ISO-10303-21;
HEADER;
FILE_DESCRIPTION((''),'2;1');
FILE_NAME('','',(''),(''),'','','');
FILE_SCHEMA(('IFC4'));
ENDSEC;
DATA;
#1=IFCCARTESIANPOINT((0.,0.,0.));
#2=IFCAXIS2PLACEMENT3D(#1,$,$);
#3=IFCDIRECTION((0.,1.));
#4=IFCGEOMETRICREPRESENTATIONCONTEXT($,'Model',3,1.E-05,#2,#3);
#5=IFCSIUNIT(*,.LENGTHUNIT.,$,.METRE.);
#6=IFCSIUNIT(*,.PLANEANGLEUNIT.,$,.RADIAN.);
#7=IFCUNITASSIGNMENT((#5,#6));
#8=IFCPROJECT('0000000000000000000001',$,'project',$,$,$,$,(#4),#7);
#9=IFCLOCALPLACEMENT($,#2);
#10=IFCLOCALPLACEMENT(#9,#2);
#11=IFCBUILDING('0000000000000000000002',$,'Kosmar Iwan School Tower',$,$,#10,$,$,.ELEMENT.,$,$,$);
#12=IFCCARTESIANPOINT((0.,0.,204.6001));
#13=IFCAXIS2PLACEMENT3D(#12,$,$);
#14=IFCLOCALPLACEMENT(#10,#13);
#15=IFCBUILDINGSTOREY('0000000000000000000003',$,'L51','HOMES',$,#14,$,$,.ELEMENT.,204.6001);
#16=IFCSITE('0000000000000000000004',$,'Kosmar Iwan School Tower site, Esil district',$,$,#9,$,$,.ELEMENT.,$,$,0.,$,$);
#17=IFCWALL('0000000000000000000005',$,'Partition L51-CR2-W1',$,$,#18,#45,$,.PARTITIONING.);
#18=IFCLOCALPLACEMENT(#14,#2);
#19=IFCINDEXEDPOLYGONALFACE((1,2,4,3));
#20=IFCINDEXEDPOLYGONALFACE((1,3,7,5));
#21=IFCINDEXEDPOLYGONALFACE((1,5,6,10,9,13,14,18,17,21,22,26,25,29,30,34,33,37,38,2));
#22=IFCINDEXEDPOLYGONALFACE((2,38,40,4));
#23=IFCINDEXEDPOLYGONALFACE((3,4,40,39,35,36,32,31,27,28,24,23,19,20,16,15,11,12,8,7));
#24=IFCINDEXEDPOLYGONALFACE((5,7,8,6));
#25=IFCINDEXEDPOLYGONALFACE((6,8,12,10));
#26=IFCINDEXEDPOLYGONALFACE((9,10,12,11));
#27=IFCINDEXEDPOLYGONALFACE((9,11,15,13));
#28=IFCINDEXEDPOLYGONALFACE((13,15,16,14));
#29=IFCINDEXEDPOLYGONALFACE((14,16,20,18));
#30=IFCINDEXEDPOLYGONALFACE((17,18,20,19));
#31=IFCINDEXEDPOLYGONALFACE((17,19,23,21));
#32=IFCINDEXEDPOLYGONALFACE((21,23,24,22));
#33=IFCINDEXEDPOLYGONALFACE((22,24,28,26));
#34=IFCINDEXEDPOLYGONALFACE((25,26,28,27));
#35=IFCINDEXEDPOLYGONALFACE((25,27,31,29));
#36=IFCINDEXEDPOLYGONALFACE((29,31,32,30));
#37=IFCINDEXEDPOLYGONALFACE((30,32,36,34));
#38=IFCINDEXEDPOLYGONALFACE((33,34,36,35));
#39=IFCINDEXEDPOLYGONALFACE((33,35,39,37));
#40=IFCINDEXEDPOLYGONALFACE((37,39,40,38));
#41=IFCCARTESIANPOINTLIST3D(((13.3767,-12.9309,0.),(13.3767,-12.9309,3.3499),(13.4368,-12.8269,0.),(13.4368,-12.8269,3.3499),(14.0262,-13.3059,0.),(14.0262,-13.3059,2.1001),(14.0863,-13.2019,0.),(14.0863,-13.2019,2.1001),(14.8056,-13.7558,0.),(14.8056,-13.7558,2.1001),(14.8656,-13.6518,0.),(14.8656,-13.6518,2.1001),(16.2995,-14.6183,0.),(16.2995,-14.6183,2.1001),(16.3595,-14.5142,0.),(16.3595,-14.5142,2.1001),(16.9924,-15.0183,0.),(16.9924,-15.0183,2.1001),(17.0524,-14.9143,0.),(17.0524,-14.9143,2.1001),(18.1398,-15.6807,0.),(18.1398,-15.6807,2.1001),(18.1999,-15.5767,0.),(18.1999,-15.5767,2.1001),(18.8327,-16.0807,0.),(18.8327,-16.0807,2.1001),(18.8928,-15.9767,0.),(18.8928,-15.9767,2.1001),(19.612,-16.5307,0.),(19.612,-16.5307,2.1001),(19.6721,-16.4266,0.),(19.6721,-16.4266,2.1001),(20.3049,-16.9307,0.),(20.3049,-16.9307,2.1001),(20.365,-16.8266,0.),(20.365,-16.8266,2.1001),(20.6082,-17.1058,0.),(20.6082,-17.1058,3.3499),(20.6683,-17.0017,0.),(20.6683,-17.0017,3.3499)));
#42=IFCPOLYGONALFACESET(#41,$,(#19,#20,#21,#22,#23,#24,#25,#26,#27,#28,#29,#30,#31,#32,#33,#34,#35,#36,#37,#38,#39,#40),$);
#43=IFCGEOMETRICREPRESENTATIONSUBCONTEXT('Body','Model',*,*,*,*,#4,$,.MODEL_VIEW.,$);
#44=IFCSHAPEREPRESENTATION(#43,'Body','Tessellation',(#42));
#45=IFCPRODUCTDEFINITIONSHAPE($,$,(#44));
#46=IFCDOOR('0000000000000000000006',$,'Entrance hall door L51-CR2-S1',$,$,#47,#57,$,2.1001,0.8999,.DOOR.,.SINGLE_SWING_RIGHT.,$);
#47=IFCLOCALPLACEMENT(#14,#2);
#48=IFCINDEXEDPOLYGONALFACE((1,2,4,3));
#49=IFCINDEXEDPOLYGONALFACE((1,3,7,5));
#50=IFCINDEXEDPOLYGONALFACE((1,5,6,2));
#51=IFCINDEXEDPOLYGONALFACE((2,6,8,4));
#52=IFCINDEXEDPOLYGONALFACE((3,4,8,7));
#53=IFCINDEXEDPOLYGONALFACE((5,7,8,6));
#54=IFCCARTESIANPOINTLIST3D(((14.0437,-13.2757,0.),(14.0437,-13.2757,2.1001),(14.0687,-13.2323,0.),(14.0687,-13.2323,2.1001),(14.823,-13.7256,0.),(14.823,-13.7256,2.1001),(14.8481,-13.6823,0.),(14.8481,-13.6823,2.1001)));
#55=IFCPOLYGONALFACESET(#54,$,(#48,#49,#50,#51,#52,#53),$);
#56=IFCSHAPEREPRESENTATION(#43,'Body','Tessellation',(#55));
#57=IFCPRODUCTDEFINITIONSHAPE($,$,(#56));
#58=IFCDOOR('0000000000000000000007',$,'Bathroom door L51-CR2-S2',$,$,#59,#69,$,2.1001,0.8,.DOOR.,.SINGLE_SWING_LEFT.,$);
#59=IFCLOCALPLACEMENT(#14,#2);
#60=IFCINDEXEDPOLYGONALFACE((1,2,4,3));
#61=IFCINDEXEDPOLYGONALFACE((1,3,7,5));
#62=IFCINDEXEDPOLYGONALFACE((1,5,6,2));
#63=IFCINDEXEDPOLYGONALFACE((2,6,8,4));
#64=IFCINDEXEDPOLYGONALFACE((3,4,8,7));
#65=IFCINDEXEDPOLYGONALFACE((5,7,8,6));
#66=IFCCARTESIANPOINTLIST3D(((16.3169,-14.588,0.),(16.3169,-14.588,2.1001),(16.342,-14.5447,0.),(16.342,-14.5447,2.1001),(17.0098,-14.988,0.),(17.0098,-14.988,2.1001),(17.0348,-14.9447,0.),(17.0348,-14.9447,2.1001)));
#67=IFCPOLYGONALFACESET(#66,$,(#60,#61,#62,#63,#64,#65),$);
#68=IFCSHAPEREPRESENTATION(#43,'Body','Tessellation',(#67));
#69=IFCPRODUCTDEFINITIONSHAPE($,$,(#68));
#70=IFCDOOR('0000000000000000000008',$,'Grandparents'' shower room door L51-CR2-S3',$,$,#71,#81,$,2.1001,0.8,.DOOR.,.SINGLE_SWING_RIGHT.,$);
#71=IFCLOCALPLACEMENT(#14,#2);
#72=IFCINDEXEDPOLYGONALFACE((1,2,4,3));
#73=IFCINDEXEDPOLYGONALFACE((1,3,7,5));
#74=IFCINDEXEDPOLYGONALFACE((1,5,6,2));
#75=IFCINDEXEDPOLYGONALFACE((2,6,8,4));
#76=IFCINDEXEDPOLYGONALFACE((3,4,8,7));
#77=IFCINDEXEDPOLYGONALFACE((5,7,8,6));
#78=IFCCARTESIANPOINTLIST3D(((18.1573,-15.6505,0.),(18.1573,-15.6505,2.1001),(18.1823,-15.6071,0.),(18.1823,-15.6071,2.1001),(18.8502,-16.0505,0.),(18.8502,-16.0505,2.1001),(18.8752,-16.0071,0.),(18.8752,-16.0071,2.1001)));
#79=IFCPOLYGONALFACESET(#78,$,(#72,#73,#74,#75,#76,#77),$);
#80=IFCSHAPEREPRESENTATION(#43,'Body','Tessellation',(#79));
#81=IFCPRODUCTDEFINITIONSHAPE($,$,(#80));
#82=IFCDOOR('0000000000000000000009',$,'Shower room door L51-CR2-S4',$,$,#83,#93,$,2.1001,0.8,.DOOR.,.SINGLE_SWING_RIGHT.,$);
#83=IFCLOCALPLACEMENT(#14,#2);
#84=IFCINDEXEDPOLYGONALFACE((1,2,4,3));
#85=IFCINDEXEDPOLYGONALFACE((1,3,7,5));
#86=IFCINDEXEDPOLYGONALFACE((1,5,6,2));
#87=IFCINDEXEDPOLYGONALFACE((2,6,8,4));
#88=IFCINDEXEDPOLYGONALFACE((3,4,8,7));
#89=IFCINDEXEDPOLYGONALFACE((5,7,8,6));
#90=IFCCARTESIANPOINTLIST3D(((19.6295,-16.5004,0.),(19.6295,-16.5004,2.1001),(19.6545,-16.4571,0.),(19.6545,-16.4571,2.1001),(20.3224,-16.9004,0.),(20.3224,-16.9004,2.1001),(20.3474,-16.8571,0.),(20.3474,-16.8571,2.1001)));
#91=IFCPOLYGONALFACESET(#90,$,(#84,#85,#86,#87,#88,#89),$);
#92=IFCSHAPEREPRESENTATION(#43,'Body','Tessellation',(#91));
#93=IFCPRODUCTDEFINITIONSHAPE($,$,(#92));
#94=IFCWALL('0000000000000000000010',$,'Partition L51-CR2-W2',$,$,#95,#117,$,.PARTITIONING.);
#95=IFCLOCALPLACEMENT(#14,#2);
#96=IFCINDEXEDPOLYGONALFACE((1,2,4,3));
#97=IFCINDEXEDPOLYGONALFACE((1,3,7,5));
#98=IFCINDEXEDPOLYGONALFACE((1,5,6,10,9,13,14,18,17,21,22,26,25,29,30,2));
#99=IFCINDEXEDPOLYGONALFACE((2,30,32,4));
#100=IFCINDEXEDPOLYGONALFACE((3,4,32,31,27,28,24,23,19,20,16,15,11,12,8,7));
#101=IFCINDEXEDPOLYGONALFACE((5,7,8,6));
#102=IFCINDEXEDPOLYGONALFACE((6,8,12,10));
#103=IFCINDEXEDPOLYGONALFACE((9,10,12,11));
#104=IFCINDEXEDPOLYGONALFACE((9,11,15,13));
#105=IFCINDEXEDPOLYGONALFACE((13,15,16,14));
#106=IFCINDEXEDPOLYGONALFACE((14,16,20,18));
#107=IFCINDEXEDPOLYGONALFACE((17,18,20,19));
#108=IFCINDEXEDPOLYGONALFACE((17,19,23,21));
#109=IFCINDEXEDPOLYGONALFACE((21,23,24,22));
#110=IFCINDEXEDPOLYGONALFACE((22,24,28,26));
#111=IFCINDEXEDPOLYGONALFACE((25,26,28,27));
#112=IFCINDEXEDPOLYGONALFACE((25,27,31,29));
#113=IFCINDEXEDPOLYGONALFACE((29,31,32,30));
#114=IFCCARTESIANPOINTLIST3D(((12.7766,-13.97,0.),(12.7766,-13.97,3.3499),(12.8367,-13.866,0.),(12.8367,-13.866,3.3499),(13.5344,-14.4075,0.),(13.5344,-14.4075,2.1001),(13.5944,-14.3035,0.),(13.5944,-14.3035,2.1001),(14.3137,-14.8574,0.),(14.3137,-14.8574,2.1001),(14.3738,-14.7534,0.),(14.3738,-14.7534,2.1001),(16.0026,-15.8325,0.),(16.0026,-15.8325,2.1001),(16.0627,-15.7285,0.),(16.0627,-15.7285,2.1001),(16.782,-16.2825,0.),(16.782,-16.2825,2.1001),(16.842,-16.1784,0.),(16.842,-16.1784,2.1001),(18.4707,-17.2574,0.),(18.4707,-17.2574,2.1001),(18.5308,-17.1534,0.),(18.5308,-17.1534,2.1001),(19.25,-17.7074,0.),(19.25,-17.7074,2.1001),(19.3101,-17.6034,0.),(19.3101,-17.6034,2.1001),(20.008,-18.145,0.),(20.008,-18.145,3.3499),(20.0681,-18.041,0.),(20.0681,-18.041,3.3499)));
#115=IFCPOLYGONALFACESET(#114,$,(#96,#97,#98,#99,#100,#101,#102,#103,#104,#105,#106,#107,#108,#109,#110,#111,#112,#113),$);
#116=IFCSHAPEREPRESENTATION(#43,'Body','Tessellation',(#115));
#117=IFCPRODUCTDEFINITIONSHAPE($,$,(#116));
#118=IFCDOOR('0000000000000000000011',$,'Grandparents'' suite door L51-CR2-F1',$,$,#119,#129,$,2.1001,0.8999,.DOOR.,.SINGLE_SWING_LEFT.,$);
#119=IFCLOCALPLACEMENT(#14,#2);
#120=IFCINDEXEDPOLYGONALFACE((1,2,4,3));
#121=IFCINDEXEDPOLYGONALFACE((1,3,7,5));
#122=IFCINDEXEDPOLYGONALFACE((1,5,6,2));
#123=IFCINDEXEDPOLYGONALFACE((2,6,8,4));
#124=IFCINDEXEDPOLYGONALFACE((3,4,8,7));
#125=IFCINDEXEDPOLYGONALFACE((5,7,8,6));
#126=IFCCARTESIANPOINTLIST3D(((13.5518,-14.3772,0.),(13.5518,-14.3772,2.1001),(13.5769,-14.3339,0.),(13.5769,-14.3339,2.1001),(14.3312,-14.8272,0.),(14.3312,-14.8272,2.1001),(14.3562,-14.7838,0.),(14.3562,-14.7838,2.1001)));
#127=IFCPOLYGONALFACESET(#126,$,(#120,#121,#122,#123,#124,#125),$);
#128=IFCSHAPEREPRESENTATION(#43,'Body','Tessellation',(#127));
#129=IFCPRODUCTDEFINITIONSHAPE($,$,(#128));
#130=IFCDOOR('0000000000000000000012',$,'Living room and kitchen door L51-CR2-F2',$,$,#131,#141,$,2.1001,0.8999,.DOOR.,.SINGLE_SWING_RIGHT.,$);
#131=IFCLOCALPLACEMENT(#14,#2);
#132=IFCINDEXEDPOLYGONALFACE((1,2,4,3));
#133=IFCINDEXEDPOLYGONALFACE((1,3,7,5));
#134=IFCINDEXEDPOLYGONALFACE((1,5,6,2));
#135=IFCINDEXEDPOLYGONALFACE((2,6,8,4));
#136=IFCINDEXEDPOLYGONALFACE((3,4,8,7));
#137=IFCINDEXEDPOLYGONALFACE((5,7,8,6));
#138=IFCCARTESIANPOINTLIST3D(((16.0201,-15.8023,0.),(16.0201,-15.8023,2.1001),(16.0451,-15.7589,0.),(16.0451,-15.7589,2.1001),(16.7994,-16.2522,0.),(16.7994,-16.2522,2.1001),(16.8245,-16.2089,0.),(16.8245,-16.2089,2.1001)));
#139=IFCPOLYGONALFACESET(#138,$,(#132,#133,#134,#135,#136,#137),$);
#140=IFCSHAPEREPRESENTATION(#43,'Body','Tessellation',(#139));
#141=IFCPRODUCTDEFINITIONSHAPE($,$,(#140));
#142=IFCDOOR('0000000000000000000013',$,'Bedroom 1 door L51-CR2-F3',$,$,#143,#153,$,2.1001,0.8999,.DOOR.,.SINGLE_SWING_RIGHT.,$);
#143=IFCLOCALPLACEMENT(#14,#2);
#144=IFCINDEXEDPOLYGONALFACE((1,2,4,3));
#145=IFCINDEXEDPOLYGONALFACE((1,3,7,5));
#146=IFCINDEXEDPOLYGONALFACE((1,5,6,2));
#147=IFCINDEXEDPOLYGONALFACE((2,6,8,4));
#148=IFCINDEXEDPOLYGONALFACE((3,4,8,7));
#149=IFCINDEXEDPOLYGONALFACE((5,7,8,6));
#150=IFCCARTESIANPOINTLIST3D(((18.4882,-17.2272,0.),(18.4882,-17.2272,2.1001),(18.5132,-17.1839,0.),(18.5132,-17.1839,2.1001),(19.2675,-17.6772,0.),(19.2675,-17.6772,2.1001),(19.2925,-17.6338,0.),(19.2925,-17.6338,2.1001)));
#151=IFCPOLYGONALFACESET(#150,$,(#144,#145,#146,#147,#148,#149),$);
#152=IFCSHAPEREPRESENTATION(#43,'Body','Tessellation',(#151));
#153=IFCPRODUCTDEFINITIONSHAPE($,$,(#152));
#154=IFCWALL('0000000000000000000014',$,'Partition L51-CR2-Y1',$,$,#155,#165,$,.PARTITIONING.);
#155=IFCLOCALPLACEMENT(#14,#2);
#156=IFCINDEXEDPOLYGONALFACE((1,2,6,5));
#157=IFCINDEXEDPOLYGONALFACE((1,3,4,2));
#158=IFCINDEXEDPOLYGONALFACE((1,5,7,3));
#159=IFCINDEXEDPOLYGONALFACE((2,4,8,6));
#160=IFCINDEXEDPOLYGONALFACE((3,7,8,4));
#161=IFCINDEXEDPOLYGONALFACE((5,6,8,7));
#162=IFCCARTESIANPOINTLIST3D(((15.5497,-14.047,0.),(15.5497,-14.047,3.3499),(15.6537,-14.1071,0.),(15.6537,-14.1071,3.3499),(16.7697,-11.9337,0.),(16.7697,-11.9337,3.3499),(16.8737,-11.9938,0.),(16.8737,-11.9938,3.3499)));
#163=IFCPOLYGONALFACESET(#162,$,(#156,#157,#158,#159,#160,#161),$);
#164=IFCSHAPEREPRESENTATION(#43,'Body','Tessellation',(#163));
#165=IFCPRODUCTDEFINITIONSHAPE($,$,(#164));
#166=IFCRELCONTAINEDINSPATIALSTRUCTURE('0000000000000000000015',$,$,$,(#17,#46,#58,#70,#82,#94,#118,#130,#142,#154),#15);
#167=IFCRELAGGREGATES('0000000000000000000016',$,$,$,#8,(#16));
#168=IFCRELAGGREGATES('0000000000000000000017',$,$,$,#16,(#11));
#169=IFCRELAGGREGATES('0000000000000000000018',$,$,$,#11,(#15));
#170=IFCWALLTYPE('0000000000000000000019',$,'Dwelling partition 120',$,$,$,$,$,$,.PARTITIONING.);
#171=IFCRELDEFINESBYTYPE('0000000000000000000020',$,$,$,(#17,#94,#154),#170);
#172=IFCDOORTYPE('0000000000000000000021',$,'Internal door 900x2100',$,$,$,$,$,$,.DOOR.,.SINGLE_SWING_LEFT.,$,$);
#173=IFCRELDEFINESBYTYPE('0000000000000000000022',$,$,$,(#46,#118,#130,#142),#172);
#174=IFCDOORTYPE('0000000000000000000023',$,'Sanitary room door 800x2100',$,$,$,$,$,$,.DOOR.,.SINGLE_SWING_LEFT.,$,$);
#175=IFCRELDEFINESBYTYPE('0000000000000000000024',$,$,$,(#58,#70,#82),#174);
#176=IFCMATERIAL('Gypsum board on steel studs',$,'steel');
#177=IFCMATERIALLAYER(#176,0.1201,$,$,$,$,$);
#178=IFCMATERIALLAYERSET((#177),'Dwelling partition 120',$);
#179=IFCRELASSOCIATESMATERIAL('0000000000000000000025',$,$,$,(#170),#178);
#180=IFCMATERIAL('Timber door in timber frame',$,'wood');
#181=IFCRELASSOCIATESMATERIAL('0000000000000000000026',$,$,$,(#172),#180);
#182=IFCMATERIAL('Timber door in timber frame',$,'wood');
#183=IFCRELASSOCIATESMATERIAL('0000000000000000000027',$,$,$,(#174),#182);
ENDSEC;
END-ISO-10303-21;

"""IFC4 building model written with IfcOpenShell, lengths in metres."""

from ifc_helpers import new_model, si_unit, direction, frame, frame_2d, origin, place, context, subcontext, project, spatial, rectangle, extrude, material, layer, layer_set, type_object, element, fill, save


model = new_model("IFC4")

# Units and contexts
model_context = context("Model", 3, precision=1e-05, world=origin(), true_north=direction((0.0, 1.0)))
body_context = subcontext(model_context, "Body", "Model", "MODEL_VIEW")
ifc_project = project(units=[si_unit("LENGTHUNIT", "METRE"), si_unit("PLANEANGLEUNIT", "RADIAN")], contexts=[model_context])

# Site, building, storey
site_placement = place(None, origin())
site = spatial("IfcSite", under=ifc_project, at=site_placement, Name="Kosmar Iwan School Tower site, Esil district", CompositionType="ELEMENT", RefElevation=0.0)
building_placement = place(site_placement, origin())
building = spatial("IfcBuilding", under=site, at=building_placement, Name="Kosmar Iwan School Tower", CompositionType="ELEMENT")
storey_placement = place(building_placement, frame((0.0, 0.0, 204.6001)))
storey = spatial("IfcBuildingStorey", under=building, at=storey_placement, Name="L51", Description="HOMES", CompositionType="ELEMENT", Elevation=204.6001)

# Shared definitions
ifc_material_1 = material(Name="Gypsum board on steel studs", Category="steel")
ifc_layer_1 = layer(ifc_material_1, 0.1201)
ifc_layer_set_1 = layer_set([ifc_layer_1], Name="Dwelling partition 120")
wall_type_1 = type_object("IfcWallType", Name="Dwelling partition 120", PredefinedType="PARTITIONING", material=ifc_layer_set_1)
ifc_material_2 = material(Name="Timber door in timber frame", Category="wood")
door_type_1 = type_object("IfcDoorType", Name="Internal door 900x2100", OperationType="SINGLE_SWING_LEFT", PredefinedType="DOOR", material=ifc_material_2)
ifc_material_3 = material(Name="Timber door in timber frame", Category="wood")
door_type_2 = type_object("IfcDoorType", Name="Sanitary room door 800x2100", OperationType="SINGLE_SWING_LEFT", PredefinedType="DOOR", material=ifc_material_3)

# Walls, openings, doors
wall_1_placement = place(storey_placement, frame((13.4067, -12.8789, 0.0), z_axis=(0.0, 0.0, 1.0), x_axis=(0.86604, -0.499976, 0.0)))
wall_1 = element("IfcWall", 1, at=wall_1_placement, inside=storey, type_object=wall_type_1, Name="Partition L51-CR2-W1", PredefinedType="PARTITIONING", context=body_context, shape_type="SweptSolid", body=[
    extrude(rectangle(XDim=8.3501, YDim=0.1201, at=frame_2d((4.175, 0.0))), origin(), (0.0, 0.0, 1.0), 3.3499),
])
opening_1_placement = place(wall_1_placement, frame((0.75, 0.0, 0.0)))
opening_1 = element("IfcOpeningElement", 2, at=opening_1_placement, cuts=wall_1, PredefinedType="OPENING", context=body_context, shape_type="SweptSolid", body=[
    extrude(rectangle(XDim=0.8999, YDim=2.1001, at=frame_2d((0.45, 1.05))), frame((0.0, 0.072, 0.0), z_axis=(0.0, -1.0, 0.0), x_axis=(1.0, 0.0, 0.0)), (0.0, 0.0, 1.0), 0.144),
])
opening_2_placement = place(wall_1_placement, frame((3.375, 0.0, 0.0)))
opening_2 = element("IfcOpeningElement", 3, at=opening_2_placement, cuts=wall_1, PredefinedType="OPENING", context=body_context, shape_type="SweptSolid", body=[
    extrude(rectangle(XDim=0.8, YDim=2.1001, at=frame_2d((0.3999, 1.05))), frame((0.0, 0.072, 0.0), z_axis=(0.0, -1.0, 0.0), x_axis=(1.0, 0.0, 0.0)), (0.0, 0.0, 1.0), 0.144),
])
opening_3_placement = place(wall_1_placement, frame((5.5, 0.0, 0.0)))
opening_3 = element("IfcOpeningElement", 4, at=opening_3_placement, cuts=wall_1, PredefinedType="OPENING", context=body_context, shape_type="SweptSolid", body=[
    extrude(rectangle(XDim=0.8, YDim=2.1001, at=frame_2d((0.3999, 1.05))), frame((0.0, 0.072, 0.0), z_axis=(0.0, -1.0, 0.0), x_axis=(1.0, 0.0, 0.0)), (0.0, 0.0, 1.0), 0.144),
])
opening_4_placement = place(wall_1_placement, frame((7.2, 0.0, 0.0)))
opening_4 = element("IfcOpeningElement", 5, at=opening_4_placement, cuts=wall_1, PredefinedType="OPENING", context=body_context, shape_type="SweptSolid", body=[
    extrude(rectangle(XDim=0.8, YDim=2.1001, at=frame_2d((0.3999, 1.05))), frame((0.0, 0.072, 0.0), z_axis=(0.0, -1.0, 0.0), x_axis=(1.0, 0.0, 0.0)), (0.0, 0.0, 1.0), 0.144),
])
door_1_placement = place(opening_1_placement, origin())
door_1 = element("IfcDoor", 6, at=door_1_placement, inside=storey, type_object=door_type_1, Name="Entrance hall door L51-CR2-S1", OperationType="SINGLE_SWING_RIGHT", OverallHeight=2.1001, OverallWidth=0.8999, PredefinedType="DOOR", context=body_context, shape_type="SweptSolid", body=[
    extrude(rectangle(XDim=0.8999, YDim=2.1001, at=frame_2d((0.45, 1.05))), frame((0.0, 0.0249, 0.0), z_axis=(0.0, -1.0, 0.0), x_axis=(1.0, 0.0, 0.0)), (0.0, 0.0, 1.0), 0.05),
])
fill(opening_1, door_1)
door_2_placement = place(opening_2_placement, origin())
door_2 = element("IfcDoor", 7, at=door_2_placement, inside=storey, type_object=door_type_2, Name="Bathroom door L51-CR2-S2", OperationType="SINGLE_SWING_LEFT", OverallHeight=2.1001, OverallWidth=0.8, PredefinedType="DOOR", context=body_context, shape_type="SweptSolid", body=[
    extrude(rectangle(XDim=0.8, YDim=2.1001, at=frame_2d((0.3999, 1.05))), frame((0.0, 0.0249, 0.0), z_axis=(0.0, -1.0, 0.0), x_axis=(1.0, 0.0, 0.0)), (0.0, 0.0, 1.0), 0.05),
])
fill(opening_2, door_2)
door_3_placement = place(opening_3_placement, origin())
door_3 = element("IfcDoor", 8, at=door_3_placement, inside=storey, type_object=door_type_2, Name="Grandparents' shower room door L51-CR2-S3", OperationType="SINGLE_SWING_RIGHT", OverallHeight=2.1001, OverallWidth=0.8, PredefinedType="DOOR", context=body_context, shape_type="SweptSolid", body=[
    extrude(rectangle(XDim=0.8, YDim=2.1001, at=frame_2d((0.3999, 1.05))), frame((0.0, 0.0249, 0.0), z_axis=(0.0, -1.0, 0.0), x_axis=(1.0, 0.0, 0.0)), (0.0, 0.0, 1.0), 0.05),
])
fill(opening_3, door_3)
door_4_placement = place(opening_4_placement, origin())
door_4 = element("IfcDoor", 9, at=door_4_placement, inside=storey, type_object=door_type_2, Name="Shower room door L51-CR2-S4", OperationType="SINGLE_SWING_RIGHT", OverallHeight=2.1001, OverallWidth=0.8, PredefinedType="DOOR", context=body_context, shape_type="SweptSolid", body=[
    extrude(rectangle(XDim=0.8, YDim=2.1001, at=frame_2d((0.3999, 1.05))), frame((0.0, 0.0249, 0.0), z_axis=(0.0, -1.0, 0.0), x_axis=(1.0, 0.0, 0.0)), (0.0, 0.0, 1.0), 0.05),
])
fill(opening_4, door_4)
wall_2_placement = place(storey_placement, frame((12.8066, -13.918, 0.0), z_axis=(0.0, 0.0, 1.0), x_axis=(0.866027, -0.499997, 0.0)))
wall_2 = element("IfcWall", 10, at=wall_2_placement, inside=storey, type_object=wall_type_1, Name="Partition L51-CR2-W2", PredefinedType="PARTITIONING", context=body_context, shape_type="SweptSolid", body=[
    extrude(rectangle(XDim=8.3501, YDim=0.1201, at=frame_2d((4.175, 0.0))), origin(), (0.0, 0.0, 1.0), 3.3499),
])
opening_5_placement = place(wall_2_placement, frame((0.875, 0.0, 0.0)))
opening_5 = element("IfcOpeningElement", 11, at=opening_5_placement, cuts=wall_2, PredefinedType="OPENING", context=body_context, shape_type="SweptSolid", body=[
    extrude(rectangle(XDim=0.8999, YDim=2.1001, at=frame_2d((0.45, 1.05))), frame((0.0, 0.072, 0.0), z_axis=(0.0, -1.0, 0.0), x_axis=(1.0, 0.0, 0.0)), (0.0, 0.0, 1.0), 0.144),
])
opening_6_placement = place(wall_2_placement, frame((3.7251, 0.0, 0.0)))
opening_6 = element("IfcOpeningElement", 12, at=opening_6_placement, cuts=wall_2, PredefinedType="OPENING", context=body_context, shape_type="SweptSolid", body=[
    extrude(rectangle(XDim=0.8999, YDim=2.1001, at=frame_2d((0.45, 1.05))), frame((0.0, 0.072, 0.0), z_axis=(0.0, -1.0, 0.0), x_axis=(1.0, 0.0, 0.0)), (0.0, 0.0, 1.0), 0.144),
])
opening_7_placement = place(wall_2_placement, frame((6.575, 0.0, 0.0)))
opening_7 = element("IfcOpeningElement", 13, at=opening_7_placement, cuts=wall_2, PredefinedType="OPENING", context=body_context, shape_type="SweptSolid", body=[
    extrude(rectangle(XDim=0.8999, YDim=2.1001, at=frame_2d((0.45, 1.05))), frame((0.0, 0.072, 0.0), z_axis=(0.0, -1.0, 0.0), x_axis=(1.0, 0.0, 0.0)), (0.0, 0.0, 1.0), 0.144),
])
door_5_placement = place(opening_5_placement, origin())
door_5 = element("IfcDoor", 14, at=door_5_placement, inside=storey, type_object=door_type_1, Name="Grandparents' suite door L51-CR2-F1", OperationType="SINGLE_SWING_LEFT", OverallHeight=2.1001, OverallWidth=0.8999, PredefinedType="DOOR", context=body_context, shape_type="SweptSolid", body=[
    extrude(rectangle(XDim=0.8999, YDim=2.1001, at=frame_2d((0.45, 1.05))), frame((0.0, 0.0249, 0.0), z_axis=(0.0, -1.0, 0.0), x_axis=(1.0, 0.0, 0.0)), (0.0, 0.0, 1.0), 0.05),
])
fill(opening_5, door_5)
door_6_placement = place(opening_6_placement, origin())
door_6 = element("IfcDoor", 15, at=door_6_placement, inside=storey, type_object=door_type_1, Name="Living room and kitchen door L51-CR2-F2", OperationType="SINGLE_SWING_RIGHT", OverallHeight=2.1001, OverallWidth=0.8999, PredefinedType="DOOR", context=body_context, shape_type="SweptSolid", body=[
    extrude(rectangle(XDim=0.8999, YDim=2.1001, at=frame_2d((0.45, 1.05))), frame((0.0, 0.0249, 0.0), z_axis=(0.0, -1.0, 0.0), x_axis=(1.0, 0.0, 0.0)), (0.0, 0.0, 1.0), 0.05),
])
fill(opening_6, door_6)
door_7_placement = place(opening_7_placement, origin())
door_7 = element("IfcDoor", 16, at=door_7_placement, inside=storey, type_object=door_type_1, Name="Bedroom 1 door L51-CR2-F3", OperationType="SINGLE_SWING_RIGHT", OverallHeight=2.1001, OverallWidth=0.8999, PredefinedType="DOOR", context=body_context, shape_type="SweptSolid", body=[
    extrude(rectangle(XDim=0.8999, YDim=2.1001, at=frame_2d((0.45, 1.05))), frame((0.0, 0.0249, 0.0), z_axis=(0.0, -1.0, 0.0), x_axis=(1.0, 0.0, 0.0)), (0.0, 0.0, 1.0), 0.05),
])
fill(opening_7, door_7)

# Wall
wall_3_placement = place(storey_placement, frame((16.8218, -11.9636, 0.0), z_axis=(0.0, 0.0, 1.0), x_axis=(-0.499959, -0.866049, 0.0)))
element("IfcWall", 17, at=wall_3_placement, inside=storey, type_object=wall_type_1, Name="Partition L51-CR2-Y1", PredefinedType="PARTITIONING", context=body_context, shape_type="SweptSolid", body=[
    extrude(rectangle(XDim=2.4402, YDim=0.1201, at=frame_2d((1.2202, 0.0))), origin(), (0.0, 0.0, 1.0), 3.3499),
])

save(model, "model.ifc")
